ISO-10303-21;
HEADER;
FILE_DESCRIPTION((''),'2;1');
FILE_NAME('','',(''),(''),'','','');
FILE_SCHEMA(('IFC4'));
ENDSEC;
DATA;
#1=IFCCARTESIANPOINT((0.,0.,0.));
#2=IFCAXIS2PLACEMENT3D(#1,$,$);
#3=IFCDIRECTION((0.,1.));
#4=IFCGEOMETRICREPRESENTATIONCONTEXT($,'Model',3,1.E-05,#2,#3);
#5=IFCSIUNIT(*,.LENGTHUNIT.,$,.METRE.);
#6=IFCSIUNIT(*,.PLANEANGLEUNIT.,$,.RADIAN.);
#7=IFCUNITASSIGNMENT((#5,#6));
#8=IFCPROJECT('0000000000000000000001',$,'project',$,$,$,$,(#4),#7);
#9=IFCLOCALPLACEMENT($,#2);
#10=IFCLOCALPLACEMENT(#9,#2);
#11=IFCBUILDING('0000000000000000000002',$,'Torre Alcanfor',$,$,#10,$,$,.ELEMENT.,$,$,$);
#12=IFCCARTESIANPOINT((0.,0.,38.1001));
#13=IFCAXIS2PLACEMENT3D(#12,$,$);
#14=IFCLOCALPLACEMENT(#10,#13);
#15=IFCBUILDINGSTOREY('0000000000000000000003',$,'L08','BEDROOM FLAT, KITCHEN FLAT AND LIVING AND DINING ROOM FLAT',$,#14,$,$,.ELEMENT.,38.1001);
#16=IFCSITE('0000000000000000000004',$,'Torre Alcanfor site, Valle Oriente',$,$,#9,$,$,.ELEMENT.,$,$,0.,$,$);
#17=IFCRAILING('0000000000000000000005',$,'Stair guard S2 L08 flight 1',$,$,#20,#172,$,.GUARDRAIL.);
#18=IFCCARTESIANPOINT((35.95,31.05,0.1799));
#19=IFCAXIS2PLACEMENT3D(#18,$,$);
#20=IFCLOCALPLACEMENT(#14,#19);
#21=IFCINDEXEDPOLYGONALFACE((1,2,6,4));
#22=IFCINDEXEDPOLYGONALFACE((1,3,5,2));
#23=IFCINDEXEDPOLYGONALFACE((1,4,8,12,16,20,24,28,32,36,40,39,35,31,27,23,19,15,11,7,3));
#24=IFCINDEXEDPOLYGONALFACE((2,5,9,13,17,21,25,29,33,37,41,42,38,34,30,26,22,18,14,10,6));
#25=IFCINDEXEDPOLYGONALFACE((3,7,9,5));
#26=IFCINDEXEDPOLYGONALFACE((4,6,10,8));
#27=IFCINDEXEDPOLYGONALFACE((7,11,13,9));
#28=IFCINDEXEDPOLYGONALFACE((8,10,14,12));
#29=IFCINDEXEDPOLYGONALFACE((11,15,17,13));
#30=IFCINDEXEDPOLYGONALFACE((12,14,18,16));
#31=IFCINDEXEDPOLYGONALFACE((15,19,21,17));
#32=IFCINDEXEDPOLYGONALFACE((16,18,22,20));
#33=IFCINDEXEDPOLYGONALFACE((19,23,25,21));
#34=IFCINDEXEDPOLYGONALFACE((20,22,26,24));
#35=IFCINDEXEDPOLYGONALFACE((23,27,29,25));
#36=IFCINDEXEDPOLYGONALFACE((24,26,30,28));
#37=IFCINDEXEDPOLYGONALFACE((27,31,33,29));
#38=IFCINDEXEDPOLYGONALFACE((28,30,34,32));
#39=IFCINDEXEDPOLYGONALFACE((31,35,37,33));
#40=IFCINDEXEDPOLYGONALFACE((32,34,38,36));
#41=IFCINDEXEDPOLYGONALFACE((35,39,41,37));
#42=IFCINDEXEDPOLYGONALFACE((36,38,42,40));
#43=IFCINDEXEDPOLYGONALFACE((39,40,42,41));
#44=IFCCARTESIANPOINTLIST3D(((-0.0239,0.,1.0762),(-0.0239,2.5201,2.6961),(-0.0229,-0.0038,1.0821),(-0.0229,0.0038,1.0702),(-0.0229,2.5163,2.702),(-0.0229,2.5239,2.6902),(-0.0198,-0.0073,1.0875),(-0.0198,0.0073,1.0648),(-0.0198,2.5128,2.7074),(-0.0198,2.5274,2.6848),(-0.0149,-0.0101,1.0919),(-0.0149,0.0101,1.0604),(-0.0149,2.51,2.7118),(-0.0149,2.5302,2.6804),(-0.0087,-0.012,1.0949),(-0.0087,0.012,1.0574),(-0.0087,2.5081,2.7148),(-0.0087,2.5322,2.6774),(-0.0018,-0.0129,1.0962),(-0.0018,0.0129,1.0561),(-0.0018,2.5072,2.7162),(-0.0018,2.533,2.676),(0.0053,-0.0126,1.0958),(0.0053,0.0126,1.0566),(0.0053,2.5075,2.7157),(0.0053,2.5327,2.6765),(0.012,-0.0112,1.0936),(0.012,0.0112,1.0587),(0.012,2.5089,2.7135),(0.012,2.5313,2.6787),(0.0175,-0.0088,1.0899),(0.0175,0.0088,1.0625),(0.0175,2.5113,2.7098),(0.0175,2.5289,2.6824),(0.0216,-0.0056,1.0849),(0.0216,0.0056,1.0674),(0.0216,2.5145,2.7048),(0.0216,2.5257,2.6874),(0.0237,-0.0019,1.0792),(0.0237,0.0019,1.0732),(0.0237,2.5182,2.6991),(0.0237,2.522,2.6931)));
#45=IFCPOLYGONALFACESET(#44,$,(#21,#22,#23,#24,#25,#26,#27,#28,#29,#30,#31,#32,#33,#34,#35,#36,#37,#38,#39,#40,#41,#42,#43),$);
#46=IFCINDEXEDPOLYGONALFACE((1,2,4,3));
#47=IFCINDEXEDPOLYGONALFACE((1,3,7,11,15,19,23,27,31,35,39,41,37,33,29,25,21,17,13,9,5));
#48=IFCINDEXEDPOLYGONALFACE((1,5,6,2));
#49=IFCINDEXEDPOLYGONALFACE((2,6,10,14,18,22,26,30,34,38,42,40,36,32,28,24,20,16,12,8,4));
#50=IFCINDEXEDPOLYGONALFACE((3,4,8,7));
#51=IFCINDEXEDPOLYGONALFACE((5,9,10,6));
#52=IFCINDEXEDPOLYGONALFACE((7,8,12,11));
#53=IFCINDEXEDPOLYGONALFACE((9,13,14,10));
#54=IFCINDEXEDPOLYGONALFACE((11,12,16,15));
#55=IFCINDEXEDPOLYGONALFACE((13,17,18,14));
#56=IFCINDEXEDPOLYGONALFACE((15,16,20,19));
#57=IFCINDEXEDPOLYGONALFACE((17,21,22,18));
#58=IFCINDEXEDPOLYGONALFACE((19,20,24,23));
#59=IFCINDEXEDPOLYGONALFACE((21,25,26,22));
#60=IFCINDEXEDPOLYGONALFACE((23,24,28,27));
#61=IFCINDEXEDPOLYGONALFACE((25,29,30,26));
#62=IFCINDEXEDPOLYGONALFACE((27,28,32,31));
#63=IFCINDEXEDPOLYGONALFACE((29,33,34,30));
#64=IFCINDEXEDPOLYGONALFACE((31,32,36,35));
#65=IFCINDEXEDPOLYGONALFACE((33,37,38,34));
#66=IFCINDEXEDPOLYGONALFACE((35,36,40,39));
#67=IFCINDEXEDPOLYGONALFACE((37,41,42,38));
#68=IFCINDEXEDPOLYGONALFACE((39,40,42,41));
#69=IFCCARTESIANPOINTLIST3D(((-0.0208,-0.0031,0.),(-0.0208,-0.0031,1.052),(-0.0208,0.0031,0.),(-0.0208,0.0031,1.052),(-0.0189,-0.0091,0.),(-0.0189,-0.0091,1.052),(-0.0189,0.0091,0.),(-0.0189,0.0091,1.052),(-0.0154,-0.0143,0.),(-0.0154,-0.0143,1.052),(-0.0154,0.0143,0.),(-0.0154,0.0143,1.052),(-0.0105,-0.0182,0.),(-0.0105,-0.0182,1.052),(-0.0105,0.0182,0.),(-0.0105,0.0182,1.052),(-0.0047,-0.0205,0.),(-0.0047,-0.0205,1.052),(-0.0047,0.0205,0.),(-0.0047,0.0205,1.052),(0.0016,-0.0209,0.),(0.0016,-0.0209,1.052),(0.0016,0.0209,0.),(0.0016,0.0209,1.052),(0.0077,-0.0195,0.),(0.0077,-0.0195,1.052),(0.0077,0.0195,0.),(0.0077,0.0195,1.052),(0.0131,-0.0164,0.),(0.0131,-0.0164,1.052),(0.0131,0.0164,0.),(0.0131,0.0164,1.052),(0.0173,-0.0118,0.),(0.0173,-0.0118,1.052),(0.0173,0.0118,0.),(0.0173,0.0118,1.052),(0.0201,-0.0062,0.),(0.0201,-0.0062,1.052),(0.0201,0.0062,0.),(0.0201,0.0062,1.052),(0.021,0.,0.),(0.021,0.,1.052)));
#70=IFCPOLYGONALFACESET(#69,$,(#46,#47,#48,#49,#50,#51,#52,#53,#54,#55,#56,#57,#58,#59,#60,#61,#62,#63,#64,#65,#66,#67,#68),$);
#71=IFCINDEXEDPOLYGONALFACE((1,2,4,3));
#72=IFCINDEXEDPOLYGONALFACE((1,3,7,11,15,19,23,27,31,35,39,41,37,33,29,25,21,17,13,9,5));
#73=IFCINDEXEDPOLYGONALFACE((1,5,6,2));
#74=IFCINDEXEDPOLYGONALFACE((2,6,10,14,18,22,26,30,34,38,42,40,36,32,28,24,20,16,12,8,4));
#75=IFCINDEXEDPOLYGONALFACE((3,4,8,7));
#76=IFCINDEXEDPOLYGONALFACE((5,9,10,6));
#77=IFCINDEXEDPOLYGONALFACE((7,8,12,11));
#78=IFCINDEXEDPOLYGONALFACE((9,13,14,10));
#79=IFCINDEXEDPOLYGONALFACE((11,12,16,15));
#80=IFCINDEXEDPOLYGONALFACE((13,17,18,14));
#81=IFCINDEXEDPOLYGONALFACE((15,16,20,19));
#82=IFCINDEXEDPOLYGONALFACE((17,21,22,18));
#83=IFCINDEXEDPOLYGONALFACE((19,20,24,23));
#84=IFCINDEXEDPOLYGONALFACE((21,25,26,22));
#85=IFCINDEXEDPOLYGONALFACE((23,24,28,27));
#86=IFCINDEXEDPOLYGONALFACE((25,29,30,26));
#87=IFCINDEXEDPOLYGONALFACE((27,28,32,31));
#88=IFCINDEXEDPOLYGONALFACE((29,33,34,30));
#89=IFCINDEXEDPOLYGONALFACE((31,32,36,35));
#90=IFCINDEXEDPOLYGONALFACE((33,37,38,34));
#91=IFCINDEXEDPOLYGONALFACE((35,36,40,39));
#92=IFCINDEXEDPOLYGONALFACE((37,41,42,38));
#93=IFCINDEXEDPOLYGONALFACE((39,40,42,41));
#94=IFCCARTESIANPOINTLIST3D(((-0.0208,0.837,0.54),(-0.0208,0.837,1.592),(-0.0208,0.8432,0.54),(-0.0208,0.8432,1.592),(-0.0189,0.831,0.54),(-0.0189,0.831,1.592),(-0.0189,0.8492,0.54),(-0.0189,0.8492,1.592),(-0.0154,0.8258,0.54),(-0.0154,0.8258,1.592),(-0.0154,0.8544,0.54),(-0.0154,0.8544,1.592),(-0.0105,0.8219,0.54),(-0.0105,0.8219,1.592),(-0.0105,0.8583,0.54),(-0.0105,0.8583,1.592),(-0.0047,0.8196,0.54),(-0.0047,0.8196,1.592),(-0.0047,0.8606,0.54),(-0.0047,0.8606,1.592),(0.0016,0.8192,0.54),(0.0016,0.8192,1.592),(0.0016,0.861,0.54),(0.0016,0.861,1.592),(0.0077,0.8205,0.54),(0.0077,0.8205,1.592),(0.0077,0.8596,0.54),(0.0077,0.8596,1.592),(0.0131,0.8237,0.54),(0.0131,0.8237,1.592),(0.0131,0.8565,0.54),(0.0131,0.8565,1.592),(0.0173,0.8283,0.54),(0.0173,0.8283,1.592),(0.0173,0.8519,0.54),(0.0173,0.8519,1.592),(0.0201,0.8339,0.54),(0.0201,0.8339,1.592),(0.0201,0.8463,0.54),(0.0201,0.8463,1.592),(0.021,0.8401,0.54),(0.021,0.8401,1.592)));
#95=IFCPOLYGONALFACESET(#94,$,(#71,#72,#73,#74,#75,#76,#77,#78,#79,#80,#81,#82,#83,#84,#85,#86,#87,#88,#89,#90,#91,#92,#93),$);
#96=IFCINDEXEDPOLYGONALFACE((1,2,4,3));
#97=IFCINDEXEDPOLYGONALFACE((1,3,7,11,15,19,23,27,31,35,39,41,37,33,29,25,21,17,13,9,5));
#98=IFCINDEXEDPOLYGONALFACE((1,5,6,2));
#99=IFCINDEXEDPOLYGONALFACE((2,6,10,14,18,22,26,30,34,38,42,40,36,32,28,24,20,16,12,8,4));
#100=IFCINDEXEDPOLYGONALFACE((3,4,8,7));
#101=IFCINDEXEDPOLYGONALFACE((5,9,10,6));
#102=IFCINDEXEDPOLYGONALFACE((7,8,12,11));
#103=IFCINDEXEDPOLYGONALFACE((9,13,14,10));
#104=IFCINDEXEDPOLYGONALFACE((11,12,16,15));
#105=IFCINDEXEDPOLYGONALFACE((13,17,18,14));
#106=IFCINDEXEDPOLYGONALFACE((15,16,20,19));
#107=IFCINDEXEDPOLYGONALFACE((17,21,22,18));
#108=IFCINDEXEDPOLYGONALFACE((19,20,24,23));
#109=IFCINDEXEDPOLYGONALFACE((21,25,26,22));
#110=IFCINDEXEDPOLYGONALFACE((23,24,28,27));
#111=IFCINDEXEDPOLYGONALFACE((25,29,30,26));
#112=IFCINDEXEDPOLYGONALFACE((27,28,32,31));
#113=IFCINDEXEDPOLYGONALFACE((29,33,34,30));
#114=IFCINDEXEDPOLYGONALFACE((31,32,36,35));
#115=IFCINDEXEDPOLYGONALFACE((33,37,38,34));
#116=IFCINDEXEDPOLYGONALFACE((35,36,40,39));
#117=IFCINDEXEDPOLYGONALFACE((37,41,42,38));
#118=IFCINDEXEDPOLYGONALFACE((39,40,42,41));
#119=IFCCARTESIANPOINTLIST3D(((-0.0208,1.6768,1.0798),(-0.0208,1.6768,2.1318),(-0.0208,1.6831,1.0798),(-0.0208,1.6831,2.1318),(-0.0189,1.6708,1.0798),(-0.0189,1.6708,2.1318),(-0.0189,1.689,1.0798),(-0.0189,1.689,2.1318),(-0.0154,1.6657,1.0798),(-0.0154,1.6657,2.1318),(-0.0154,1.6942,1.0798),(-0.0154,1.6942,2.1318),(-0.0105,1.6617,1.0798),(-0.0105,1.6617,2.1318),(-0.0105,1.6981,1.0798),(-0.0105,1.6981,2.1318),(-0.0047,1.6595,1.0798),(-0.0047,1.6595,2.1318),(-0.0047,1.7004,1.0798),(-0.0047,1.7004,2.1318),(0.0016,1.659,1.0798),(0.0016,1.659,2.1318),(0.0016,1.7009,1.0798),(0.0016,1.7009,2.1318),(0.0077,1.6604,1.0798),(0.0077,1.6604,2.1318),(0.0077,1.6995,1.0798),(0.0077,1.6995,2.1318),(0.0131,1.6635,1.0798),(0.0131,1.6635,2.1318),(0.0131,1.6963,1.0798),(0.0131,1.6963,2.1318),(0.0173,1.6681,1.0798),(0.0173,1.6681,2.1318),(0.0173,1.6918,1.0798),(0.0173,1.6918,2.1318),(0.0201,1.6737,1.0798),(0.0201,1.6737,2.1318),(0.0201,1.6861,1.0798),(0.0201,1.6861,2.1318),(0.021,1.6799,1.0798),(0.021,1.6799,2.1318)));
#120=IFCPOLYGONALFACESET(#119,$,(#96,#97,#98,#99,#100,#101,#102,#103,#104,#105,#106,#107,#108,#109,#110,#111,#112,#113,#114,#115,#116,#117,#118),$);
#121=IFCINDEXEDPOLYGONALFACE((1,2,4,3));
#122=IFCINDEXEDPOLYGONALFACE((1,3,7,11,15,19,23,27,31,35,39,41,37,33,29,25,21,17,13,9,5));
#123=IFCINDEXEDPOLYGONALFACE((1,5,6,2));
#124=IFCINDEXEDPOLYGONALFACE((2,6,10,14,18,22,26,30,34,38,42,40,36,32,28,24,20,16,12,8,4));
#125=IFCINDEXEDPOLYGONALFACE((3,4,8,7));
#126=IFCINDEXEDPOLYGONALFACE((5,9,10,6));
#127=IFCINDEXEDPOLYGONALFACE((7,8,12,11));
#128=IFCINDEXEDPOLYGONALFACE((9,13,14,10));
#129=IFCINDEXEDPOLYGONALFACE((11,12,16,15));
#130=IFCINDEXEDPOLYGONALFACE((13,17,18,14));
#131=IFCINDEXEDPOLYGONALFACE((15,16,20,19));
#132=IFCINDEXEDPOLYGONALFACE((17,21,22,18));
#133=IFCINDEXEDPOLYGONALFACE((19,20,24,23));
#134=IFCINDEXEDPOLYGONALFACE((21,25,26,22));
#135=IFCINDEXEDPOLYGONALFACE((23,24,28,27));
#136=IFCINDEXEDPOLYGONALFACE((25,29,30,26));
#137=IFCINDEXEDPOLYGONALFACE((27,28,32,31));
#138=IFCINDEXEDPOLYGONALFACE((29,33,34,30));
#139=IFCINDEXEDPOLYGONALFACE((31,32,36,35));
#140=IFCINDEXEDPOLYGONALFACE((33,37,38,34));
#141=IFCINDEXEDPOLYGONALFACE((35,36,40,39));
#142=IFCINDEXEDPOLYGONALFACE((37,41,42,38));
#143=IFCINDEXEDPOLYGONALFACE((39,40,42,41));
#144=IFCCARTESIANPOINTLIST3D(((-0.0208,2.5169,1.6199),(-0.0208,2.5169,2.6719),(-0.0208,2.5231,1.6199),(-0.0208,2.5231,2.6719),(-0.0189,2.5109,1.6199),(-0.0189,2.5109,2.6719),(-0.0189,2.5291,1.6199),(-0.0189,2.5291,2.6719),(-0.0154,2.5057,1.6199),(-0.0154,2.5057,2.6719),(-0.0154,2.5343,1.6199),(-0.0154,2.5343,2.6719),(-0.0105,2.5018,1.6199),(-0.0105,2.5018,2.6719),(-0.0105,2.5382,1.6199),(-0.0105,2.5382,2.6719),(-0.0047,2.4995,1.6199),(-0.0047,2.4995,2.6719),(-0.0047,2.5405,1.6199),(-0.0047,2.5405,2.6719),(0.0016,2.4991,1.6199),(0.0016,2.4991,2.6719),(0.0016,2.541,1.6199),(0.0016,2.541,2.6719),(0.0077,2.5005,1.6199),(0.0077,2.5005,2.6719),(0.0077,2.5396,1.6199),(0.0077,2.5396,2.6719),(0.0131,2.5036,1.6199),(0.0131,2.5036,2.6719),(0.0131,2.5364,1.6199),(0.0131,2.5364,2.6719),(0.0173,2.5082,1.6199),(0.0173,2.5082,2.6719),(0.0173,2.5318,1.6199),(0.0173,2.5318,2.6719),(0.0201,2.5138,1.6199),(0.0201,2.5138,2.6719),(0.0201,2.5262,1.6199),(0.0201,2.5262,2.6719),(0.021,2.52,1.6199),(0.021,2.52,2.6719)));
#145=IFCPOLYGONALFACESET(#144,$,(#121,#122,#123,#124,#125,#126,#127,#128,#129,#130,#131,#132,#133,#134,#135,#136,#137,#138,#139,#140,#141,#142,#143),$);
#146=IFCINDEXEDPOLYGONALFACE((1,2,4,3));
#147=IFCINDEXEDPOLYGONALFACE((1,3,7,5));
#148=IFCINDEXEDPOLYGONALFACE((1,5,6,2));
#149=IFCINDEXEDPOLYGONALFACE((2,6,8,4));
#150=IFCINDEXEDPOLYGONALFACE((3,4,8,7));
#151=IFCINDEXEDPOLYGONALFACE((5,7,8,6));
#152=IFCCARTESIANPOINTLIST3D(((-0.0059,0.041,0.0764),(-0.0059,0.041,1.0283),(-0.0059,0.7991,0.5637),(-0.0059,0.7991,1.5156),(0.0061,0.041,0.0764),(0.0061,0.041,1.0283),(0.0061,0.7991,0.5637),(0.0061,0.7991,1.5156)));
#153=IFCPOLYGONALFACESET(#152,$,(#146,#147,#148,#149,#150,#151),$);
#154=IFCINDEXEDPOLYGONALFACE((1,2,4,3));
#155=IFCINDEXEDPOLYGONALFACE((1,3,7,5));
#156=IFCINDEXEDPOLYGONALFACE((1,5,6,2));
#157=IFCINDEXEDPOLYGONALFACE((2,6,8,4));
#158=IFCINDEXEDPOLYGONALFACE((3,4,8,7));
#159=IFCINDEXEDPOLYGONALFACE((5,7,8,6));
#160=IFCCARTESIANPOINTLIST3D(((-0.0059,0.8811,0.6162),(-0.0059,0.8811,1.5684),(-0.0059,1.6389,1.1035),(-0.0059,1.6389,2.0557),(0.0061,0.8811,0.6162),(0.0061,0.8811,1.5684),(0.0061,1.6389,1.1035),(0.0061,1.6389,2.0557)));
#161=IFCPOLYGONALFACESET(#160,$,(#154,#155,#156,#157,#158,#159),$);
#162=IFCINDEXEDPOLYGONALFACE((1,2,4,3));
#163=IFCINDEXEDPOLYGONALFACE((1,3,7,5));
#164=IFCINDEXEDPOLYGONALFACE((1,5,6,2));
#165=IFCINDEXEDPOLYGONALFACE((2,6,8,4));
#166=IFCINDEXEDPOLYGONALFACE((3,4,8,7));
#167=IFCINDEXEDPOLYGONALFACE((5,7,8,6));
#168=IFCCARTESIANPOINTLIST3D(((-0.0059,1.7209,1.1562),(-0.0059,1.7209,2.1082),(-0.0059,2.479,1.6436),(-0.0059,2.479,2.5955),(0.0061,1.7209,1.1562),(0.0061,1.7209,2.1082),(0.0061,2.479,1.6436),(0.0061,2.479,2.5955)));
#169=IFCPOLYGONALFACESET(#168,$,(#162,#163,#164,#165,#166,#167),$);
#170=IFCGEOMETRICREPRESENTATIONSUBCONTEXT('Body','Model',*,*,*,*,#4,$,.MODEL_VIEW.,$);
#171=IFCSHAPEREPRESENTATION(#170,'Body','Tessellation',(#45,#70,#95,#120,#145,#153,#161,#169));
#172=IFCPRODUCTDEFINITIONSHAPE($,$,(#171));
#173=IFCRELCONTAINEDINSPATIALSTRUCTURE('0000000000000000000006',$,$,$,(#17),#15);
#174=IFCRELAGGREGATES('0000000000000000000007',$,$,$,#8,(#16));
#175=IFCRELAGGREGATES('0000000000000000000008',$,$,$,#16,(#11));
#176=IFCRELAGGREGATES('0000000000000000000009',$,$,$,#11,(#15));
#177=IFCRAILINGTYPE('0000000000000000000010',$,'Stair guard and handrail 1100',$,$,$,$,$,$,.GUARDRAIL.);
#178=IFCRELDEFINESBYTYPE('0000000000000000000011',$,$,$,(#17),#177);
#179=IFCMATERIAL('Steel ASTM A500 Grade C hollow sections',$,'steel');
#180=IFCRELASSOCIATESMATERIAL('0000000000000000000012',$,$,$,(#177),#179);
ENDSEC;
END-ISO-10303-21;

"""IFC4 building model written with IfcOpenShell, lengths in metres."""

from ifc_helpers import new_model, si_unit, direction, frame, origin, origin_2d, place, context, subcontext, project, spatial, polyline, circle, outline, extrude, material, type_object, element, save


model = new_model("IFC4")

# Units and contexts
model_context = context("Model", 3, precision=1e-05, world=origin(), true_north=direction((0.0, 1.0)))
body_context = subcontext(model_context, "Body", "Model", "MODEL_VIEW")
ifc_project = project(units=[si_unit("LENGTHUNIT", "METRE"), si_unit("PLANEANGLEUNIT", "RADIAN")], contexts=[model_context])

# Site, building, storey
site_placement = place(None, origin())
site = spatial("IfcSite", under=ifc_project, at=site_placement, Name="Torre Alcanfor site, Valle Oriente", CompositionType="ELEMENT", RefElevation=0.0)
building_placement = place(site_placement, origin())
building = spatial("IfcBuilding", under=site, at=building_placement, Name="Torre Alcanfor", CompositionType="ELEMENT")
storey_placement = place(building_placement, frame((0.0, 0.0, 38.1001)))
storey = spatial("IfcBuildingStorey", under=building, at=storey_placement, Name="L08", Description="BEDROOM FLAT, KITCHEN FLAT AND LIVING AND DINING ROOM FLAT", CompositionType="ELEMENT", Elevation=38.1001)

# Railing
ifc_material_1 = material(Name="Steel ASTM A500 Grade C hollow sections", Category="steel")
railing_type_1 = type_object("IfcRailingType", Name="Stair guard and handrail 1100", PredefinedType="GUARDRAIL", material=ifc_material_1)
railing_1_placement = place(storey_placement, frame((35.95, 31.05, 0.1799)))
element("IfcRailing", 1, at=railing_1_placement, inside=storey, type_object=railing_type_1, Name="Stair guard S2 L08 flight 1", PredefinedType="GUARDRAIL", context=body_context, shape_type="SweptSolid", body=[
    extrude(circle(Radius=0.0239, at=origin_2d()), frame((0.0, 0.0, 1.0762), z_axis=(0.0, 0.8412, 0.540725), x_axis=(-1.0, 0.0, 0.0)), (0.0, 0.0, 1.0), 2.9958),
    extrude(circle(Radius=0.021, at=origin_2d()), origin(), (0.0, 0.0, 1.0), 1.052),
    extrude(circle(Radius=0.021, at=origin_2d()), frame((0.0, 0.8401, 0.54)), (0.0, 0.0, 1.0), 1.052),
    extrude(circle(Radius=0.021, at=origin_2d()), frame((0.0, 1.6799, 1.0798)), (0.0, 0.0, 1.0), 1.052),
    extrude(circle(Radius=0.021, at=origin_2d()), frame((0.0, 2.52, 1.6199)), (0.0, 0.0, 1.0), 1.052),
    extrude(outline(polyline([(0.041, 0.0764), (0.7991, 0.5637), (0.7991, 1.5156), (0.041, 1.0283), (0.041, 0.0764)])), frame((-0.0059, 0.0, 0.0), z_axis=(1.0, 0.0, 0.0), x_axis=(0.0, 1.0, 0.0)), (0.0, 0.0, 1.0), 0.012),
    extrude(outline(polyline([(0.8811, 0.6162), (1.6389, 1.1035), (1.6389, 2.0557), (0.8811, 1.5684), (0.8811, 0.6162)])), frame((-0.0059, 0.0, 0.0), z_axis=(1.0, 0.0, 0.0), x_axis=(0.0, 1.0, 0.0)), (0.0, 0.0, 1.0), 0.012),
    extrude(outline(polyline([(1.7209, 1.1562), (2.479, 1.6436), (2.479, 2.5955), (1.7209, 2.1082), (1.7209, 1.1562)])), frame((-0.0059, 0.0, 0.0), z_axis=(1.0, 0.0, 0.0), x_axis=(0.0, 1.0, 0.0)), (0.0, 0.0, 1.0), 0.012),
])

save(model, "model.ifc")
